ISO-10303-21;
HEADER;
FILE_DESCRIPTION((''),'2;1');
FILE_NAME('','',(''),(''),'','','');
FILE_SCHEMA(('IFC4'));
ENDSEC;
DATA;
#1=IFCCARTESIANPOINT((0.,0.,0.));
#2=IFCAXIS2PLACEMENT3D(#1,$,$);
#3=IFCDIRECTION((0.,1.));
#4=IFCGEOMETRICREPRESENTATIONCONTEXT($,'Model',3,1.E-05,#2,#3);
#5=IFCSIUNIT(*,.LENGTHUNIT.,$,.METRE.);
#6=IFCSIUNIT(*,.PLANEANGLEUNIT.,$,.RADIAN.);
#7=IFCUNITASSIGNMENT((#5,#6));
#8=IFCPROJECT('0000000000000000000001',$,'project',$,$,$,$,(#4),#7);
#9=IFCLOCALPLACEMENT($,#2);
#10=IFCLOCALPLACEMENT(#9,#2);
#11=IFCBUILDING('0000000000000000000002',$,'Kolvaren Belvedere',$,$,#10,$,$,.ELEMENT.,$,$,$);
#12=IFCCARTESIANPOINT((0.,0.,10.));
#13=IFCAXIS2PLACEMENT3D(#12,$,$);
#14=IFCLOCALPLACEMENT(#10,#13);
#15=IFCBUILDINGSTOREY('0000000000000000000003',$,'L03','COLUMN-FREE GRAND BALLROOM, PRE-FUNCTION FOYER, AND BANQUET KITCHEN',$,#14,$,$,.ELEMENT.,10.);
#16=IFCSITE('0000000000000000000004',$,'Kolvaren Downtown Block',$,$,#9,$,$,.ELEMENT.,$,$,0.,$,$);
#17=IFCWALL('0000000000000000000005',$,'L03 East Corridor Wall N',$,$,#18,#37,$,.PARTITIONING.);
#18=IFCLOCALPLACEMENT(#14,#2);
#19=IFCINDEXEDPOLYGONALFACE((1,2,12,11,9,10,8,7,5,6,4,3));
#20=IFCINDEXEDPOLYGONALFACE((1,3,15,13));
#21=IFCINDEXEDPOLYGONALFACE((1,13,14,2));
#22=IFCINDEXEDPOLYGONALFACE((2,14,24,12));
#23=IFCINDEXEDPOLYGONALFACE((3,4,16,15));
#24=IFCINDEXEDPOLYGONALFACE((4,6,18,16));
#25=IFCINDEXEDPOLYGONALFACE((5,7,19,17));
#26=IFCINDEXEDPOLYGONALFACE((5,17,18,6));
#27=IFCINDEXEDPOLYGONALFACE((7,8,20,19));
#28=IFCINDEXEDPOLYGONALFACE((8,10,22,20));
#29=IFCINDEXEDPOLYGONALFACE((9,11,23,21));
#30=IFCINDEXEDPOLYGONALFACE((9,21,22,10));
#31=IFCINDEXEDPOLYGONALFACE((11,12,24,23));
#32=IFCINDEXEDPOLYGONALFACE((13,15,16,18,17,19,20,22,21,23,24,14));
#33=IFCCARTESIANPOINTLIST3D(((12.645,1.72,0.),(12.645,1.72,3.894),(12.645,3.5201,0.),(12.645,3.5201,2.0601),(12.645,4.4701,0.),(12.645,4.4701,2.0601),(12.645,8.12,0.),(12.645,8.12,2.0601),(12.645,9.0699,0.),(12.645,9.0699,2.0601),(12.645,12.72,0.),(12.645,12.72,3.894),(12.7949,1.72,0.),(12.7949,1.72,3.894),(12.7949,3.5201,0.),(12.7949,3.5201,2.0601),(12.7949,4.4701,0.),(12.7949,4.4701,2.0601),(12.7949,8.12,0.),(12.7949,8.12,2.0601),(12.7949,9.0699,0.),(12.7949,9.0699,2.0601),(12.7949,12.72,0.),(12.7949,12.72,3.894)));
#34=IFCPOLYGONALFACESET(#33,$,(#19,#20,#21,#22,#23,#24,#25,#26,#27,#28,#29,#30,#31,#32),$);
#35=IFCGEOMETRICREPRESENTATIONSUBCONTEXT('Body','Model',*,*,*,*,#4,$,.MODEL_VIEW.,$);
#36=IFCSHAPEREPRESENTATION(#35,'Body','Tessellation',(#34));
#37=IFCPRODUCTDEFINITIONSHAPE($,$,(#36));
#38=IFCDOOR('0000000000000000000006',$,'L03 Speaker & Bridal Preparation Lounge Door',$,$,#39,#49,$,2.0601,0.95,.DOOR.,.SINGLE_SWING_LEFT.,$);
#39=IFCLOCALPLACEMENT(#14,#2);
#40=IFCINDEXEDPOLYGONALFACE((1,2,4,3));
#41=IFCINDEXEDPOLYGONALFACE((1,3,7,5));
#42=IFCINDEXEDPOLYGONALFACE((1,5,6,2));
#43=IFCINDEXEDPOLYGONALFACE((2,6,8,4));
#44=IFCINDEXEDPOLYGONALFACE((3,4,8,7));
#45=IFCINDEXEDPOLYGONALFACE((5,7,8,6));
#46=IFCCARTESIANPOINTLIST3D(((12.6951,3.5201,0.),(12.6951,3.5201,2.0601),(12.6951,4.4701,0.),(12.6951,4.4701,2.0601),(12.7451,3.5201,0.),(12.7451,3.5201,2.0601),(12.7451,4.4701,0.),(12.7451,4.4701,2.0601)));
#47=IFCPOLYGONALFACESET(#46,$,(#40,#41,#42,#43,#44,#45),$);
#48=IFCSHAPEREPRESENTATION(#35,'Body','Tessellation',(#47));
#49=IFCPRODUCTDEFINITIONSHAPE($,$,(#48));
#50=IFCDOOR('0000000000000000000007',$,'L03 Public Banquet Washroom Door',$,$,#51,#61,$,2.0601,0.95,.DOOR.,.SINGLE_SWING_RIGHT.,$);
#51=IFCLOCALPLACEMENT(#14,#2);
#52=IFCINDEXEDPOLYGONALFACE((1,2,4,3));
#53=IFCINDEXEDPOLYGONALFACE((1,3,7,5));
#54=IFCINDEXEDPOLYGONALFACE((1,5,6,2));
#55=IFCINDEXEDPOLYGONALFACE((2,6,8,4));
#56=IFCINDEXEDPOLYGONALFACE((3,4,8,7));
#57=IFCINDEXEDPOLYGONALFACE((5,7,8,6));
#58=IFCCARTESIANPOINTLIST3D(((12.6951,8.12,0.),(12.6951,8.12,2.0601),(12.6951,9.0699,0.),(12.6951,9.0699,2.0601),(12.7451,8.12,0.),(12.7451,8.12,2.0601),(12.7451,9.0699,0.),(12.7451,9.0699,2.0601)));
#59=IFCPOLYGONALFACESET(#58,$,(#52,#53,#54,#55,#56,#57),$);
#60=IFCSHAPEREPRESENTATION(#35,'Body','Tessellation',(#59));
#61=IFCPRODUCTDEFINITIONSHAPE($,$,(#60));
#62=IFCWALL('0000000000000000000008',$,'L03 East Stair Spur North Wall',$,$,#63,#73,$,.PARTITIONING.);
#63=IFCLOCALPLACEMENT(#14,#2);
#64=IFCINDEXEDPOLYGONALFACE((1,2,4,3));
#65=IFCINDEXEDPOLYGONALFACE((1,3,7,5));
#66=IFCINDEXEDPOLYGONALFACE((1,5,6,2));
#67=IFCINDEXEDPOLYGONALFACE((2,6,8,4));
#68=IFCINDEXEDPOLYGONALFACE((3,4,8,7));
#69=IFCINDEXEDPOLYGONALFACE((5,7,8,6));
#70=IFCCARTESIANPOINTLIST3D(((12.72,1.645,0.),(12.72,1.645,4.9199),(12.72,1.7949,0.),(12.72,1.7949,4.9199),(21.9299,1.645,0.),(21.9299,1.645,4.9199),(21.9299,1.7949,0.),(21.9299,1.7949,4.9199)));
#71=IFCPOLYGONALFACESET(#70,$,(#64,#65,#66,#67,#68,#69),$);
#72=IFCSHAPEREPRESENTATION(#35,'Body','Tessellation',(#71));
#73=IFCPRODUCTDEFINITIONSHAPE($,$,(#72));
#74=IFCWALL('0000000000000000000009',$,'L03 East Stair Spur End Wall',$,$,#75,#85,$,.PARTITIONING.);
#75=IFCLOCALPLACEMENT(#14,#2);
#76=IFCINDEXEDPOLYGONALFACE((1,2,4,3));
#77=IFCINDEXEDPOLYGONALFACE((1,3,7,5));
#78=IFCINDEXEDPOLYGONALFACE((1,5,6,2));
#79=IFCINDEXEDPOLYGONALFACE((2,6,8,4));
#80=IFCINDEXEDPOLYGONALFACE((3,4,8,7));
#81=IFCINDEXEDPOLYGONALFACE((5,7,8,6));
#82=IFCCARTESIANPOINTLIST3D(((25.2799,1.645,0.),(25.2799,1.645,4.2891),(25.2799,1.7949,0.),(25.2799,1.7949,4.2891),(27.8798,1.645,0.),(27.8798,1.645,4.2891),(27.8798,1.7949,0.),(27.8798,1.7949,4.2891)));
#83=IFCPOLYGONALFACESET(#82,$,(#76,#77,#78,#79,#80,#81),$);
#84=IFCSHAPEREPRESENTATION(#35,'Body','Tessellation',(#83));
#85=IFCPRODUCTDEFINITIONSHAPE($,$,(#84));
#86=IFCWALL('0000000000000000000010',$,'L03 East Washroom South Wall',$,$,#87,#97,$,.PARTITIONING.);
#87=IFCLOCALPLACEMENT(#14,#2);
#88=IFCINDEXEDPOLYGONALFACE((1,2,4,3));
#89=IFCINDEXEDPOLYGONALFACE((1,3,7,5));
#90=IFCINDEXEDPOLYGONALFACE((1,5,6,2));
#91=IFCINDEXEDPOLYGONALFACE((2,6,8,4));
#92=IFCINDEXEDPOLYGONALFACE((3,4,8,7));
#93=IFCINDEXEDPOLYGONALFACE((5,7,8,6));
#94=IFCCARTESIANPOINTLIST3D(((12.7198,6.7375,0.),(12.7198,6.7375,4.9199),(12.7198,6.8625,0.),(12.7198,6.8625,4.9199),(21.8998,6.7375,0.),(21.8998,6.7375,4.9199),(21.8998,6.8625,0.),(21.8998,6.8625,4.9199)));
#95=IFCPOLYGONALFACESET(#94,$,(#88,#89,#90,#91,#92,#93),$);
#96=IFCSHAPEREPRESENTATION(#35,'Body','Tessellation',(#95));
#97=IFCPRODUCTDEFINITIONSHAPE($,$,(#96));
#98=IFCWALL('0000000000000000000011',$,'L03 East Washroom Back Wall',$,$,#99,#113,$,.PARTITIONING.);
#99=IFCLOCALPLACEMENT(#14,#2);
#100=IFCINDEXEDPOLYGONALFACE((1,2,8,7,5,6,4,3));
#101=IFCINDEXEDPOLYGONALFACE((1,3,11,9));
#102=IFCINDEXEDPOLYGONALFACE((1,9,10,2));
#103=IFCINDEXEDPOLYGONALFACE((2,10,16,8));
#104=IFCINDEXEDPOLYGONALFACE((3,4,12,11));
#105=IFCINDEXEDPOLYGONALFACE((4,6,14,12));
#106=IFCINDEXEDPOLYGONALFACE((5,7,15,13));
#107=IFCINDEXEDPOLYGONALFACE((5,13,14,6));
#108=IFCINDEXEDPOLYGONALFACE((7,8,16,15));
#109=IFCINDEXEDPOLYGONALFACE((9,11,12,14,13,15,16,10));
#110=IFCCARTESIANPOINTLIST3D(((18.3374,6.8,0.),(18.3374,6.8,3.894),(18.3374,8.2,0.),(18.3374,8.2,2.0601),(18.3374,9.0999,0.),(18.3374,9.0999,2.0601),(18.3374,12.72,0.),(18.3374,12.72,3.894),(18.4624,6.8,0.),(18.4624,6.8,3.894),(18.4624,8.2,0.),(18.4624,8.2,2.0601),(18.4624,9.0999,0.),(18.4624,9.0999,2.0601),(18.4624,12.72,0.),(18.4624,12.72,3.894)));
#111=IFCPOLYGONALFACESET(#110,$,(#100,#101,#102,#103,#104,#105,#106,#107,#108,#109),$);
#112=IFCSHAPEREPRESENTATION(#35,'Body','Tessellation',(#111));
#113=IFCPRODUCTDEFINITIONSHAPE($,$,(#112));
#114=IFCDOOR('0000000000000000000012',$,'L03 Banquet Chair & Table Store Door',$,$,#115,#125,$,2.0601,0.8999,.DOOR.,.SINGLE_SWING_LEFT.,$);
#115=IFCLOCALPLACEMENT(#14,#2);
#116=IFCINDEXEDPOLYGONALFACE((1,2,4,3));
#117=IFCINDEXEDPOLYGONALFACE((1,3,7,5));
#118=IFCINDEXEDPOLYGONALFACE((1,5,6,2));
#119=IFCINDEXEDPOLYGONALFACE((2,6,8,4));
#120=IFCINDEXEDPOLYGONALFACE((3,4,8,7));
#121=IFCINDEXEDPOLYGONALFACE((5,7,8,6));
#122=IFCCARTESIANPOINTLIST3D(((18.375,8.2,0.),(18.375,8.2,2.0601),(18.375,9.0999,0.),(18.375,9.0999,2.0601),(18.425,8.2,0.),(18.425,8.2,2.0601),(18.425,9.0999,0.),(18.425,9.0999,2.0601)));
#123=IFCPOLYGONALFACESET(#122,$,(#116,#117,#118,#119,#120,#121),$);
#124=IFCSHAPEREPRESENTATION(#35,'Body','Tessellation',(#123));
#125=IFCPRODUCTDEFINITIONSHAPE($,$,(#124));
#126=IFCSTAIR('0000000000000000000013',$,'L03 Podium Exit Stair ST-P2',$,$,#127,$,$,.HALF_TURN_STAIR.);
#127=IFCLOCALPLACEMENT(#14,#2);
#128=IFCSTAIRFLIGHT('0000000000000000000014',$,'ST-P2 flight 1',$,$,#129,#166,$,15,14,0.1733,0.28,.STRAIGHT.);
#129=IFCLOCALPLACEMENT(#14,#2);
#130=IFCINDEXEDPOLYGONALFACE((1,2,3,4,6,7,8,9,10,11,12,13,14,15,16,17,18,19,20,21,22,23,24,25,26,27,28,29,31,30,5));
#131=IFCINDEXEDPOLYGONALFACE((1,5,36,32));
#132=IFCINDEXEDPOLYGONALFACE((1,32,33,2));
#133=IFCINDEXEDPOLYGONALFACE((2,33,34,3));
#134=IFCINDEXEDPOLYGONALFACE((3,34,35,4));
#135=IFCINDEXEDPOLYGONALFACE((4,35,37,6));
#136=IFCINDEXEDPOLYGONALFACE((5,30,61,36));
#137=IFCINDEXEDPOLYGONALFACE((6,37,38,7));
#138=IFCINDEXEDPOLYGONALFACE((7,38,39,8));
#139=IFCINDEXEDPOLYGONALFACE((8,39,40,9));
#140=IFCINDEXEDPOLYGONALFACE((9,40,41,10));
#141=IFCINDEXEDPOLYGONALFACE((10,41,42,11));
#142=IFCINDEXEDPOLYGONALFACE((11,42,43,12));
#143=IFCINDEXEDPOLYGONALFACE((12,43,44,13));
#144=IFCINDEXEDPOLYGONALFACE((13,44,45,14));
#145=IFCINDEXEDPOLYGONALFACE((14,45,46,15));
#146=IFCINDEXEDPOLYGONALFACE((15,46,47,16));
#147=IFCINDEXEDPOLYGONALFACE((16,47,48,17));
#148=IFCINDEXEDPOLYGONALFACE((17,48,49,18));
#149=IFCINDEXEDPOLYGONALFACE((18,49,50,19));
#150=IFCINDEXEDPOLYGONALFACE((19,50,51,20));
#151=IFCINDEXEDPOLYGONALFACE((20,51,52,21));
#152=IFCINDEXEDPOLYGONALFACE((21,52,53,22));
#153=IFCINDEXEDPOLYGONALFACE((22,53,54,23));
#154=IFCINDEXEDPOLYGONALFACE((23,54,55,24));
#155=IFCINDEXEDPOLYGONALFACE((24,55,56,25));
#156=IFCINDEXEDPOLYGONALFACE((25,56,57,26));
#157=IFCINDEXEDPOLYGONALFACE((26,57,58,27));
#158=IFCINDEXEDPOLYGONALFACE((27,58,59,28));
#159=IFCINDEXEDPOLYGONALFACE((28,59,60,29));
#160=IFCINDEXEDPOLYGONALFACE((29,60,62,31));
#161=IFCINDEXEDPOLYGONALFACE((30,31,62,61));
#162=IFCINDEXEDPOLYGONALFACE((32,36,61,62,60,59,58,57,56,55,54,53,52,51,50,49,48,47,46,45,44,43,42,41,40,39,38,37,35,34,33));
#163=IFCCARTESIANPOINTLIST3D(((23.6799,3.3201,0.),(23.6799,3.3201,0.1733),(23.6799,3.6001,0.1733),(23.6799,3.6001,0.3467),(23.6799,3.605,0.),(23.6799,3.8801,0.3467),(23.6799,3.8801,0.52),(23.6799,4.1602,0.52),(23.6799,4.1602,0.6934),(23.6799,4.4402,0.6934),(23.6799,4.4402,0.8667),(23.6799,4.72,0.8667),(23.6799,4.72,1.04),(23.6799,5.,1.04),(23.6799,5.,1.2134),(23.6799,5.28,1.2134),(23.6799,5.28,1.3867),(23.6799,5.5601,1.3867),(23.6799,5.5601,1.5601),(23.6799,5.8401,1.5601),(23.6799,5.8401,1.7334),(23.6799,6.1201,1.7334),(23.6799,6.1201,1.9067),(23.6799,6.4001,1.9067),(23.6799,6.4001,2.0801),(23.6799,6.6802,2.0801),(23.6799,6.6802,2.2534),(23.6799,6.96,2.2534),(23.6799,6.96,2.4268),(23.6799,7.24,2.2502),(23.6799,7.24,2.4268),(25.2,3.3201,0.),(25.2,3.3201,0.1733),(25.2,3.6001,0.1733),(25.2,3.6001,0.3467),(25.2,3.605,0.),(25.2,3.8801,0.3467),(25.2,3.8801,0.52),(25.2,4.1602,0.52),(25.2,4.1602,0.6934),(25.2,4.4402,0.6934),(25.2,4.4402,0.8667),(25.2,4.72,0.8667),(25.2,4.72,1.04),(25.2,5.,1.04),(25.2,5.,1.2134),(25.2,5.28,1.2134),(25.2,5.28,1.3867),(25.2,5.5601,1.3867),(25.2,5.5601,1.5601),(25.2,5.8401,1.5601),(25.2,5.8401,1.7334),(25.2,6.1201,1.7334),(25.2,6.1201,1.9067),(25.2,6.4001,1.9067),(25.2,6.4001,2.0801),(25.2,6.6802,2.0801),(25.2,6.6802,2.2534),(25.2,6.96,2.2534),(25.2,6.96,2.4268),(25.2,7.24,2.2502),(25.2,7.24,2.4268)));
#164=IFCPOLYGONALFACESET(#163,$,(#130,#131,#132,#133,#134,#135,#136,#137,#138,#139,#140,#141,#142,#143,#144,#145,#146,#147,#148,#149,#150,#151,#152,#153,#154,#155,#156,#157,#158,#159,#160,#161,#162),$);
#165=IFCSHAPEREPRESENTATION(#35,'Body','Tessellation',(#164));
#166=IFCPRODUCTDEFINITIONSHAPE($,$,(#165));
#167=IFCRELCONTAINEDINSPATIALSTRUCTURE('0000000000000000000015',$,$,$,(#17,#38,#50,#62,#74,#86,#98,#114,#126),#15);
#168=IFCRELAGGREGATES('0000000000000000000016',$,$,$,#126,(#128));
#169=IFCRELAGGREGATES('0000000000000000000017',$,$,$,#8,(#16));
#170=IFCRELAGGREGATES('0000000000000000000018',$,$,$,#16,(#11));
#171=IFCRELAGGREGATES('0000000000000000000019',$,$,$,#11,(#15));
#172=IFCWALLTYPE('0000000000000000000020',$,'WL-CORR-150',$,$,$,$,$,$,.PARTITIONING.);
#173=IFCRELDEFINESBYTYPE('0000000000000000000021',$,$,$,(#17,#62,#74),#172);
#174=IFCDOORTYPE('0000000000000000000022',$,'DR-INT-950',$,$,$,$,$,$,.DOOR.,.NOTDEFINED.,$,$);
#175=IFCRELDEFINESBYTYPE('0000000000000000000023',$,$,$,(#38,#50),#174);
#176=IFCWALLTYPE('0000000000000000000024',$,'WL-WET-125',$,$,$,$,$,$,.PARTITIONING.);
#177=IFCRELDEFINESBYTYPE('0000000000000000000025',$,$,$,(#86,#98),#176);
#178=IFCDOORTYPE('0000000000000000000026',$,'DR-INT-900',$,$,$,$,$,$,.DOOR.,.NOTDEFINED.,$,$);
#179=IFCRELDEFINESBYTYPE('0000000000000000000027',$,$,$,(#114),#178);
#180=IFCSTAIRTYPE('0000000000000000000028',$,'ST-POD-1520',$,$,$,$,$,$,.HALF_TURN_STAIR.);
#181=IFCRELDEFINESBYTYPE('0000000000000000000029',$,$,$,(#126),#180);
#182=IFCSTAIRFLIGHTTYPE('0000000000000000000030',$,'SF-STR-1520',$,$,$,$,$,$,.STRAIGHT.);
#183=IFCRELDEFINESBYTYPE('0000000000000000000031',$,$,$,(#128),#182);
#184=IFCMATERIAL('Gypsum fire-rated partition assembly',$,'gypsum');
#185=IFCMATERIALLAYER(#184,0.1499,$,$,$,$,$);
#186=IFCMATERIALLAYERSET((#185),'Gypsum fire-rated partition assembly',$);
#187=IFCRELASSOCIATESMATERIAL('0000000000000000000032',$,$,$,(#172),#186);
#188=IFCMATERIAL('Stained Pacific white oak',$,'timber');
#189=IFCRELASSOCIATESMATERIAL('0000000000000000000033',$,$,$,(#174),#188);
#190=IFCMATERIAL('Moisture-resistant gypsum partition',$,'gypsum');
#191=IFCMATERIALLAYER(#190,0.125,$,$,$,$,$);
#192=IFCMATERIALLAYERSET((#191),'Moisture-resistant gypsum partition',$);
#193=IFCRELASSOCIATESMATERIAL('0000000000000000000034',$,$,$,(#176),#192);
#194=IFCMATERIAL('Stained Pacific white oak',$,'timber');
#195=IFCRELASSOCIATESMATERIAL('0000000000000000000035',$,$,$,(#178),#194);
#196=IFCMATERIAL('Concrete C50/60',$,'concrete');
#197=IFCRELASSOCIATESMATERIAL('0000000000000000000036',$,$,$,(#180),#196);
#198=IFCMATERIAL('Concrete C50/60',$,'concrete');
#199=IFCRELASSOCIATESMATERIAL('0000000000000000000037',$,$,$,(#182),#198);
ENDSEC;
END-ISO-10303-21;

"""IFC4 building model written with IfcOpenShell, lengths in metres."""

from ifc_helpers import new_model, si_unit, direction, frame, frame_2d, origin, place, context, subcontext, project, spatial, polyline, rectangle, outline, extrude, material, layer, layer_set, type_object, element, fill, aggregate, save


model = new_model("IFC4")

# Units and contexts
model_context = context("Model", 3, precision=1e-05, world=origin(), true_north=direction((0.0, 1.0)))
body_context = subcontext(model_context, "Body", "Model", "MODEL_VIEW")
ifc_project = project(units=[si_unit("LENGTHUNIT", "METRE"), si_unit("PLANEANGLEUNIT", "RADIAN")], contexts=[model_context])

# Site, building, storey
site_placement = place(None, origin())
site = spatial("IfcSite", under=ifc_project, at=site_placement, Name="Kolvaren Downtown Block", CompositionType="ELEMENT", RefElevation=0.0)
building_placement = place(site_placement, origin())
building = spatial("IfcBuilding", under=site, at=building_placement, Name="Kolvaren Belvedere", CompositionType="ELEMENT")
storey_placement = place(building_placement, frame((0.0, 0.0, 10.0)))
storey = spatial("IfcBuildingStorey", under=building, at=storey_placement, Name="L03", Description="COLUMN-FREE GRAND BALLROOM, PRE-FUNCTION FOYER, AND BANQUET KITCHEN", CompositionType="ELEMENT", Elevation=10.0)

# Wall, openings, doors
ifc_material_1 = material(Name="Gypsum fire-rated partition assembly", Category="gypsum")
ifc_layer_1 = layer(ifc_material_1, 0.1499)
ifc_layer_set_1 = layer_set([ifc_layer_1], Name="Gypsum fire-rated partition assembly")
wall_type_1 = type_object("IfcWallType", Name="WL-CORR-150", PredefinedType="PARTITIONING", material=ifc_layer_set_1)
wall_1_placement = place(storey_placement, frame((12.72, 1.72, 0.0), z_axis=(0.0, 0.0, 1.0), x_axis=(0.0, 1.0, 0.0)))
wall_1 = element("IfcWall", 1, at=wall_1_placement, inside=storey, type_object=wall_type_1, Name="L03 East Corridor Wall N", PredefinedType="PARTITIONING", context=body_context, shape_type="SweptSolid", body=[
    extrude(rectangle(XDim=11.0, YDim=0.1499, at=frame_2d((5.5, 0.0))), origin(), (0.0, 0.0, 1.0), 3.894),
])
opening_1_placement = place(wall_1_placement, frame((1.8, 0.0, 0.0)))
opening_1 = element("IfcOpeningElement", 2, at=opening_1_placement, cuts=wall_1, PredefinedType="OPENING", context=body_context, shape_type="SweptSolid", body=[
    extrude(rectangle(XDim=0.95, YDim=2.0601, at=frame_2d((0.4751, 1.03))), frame((0.0, 0.085, 0.0), z_axis=(0.0, -1.0, 0.0), x_axis=(1.0, 0.0, 0.0)), (0.0, 0.0, 1.0), 0.1699),
])
opening_2_placement = place(wall_1_placement, frame((6.3999, 0.0, 0.0)))
opening_2 = element("IfcOpeningElement", 3, at=opening_2_placement, cuts=wall_1, PredefinedType="OPENING", context=body_context, shape_type="SweptSolid", body=[
    extrude(rectangle(XDim=0.95, YDim=2.0601, at=frame_2d((0.4751, 1.03))), frame((0.0, 0.085, 0.0), z_axis=(0.0, -1.0, 0.0), x_axis=(1.0, 0.0, 0.0)), (0.0, 0.0, 1.0), 0.1699),
])
ifc_material_2 = material(Name="Stained Pacific white oak", Category="timber")
door_type_1 = type_object("IfcDoorType", Name="DR-INT-950", OperationType="NOTDEFINED", PredefinedType="DOOR", material=ifc_material_2)
door_1_placement = place(opening_1_placement, origin())
door_1 = element("IfcDoor", 4, at=door_1_placement, inside=storey, type_object=door_type_1, Name="L03 Speaker & Bridal Preparation Lounge Door", OperationType="SINGLE_SWING_LEFT", OverallHeight=2.0601, OverallWidth=0.95, PredefinedType="DOOR", context=body_context, shape_type="SweptSolid", body=[
    extrude(rectangle(XDim=0.95, YDim=2.0601, at=frame_2d((0.4751, 1.03))), frame((0.0, 0.0249, 0.0), z_axis=(0.0, -1.0, 0.0), x_axis=(1.0, 0.0, 0.0)), (0.0, 0.0, 1.0), 0.05),
])
fill(opening_1, door_1)
door_2_placement = place(opening_2_placement, origin())
door_2 = element("IfcDoor", 5, at=door_2_placement, inside=storey, type_object=door_type_1, Name="L03 Public Banquet Washroom Door", OperationType="SINGLE_SWING_RIGHT", OverallHeight=2.0601, OverallWidth=0.95, PredefinedType="DOOR", context=body_context, shape_type="SweptSolid", body=[
    extrude(rectangle(XDim=0.95, YDim=2.0601, at=frame_2d((0.4751, 1.03))), frame((0.0, 0.0249, 0.0), z_axis=(0.0, -1.0, 0.0), x_axis=(1.0, 0.0, 0.0)), (0.0, 0.0, 1.0), 0.05),
])
fill(opening_2, door_2)

# Walls
wall_2_placement = place(storey_placement, frame((12.72, 1.72, 0.0), z_axis=(0.0, 0.0, 1.0), x_axis=(1.0, 0.0, 0.0)))
element("IfcWall", 6, at=wall_2_placement, inside=storey, type_object=wall_type_1, Name="L03 East Stair Spur North Wall", PredefinedType="PARTITIONING", context=body_context, shape_type="SweptSolid", body=[
    extrude(rectangle(XDim=9.21, YDim=0.1499, at=frame_2d((4.605, 0.0))), origin(), (0.0, 0.0, 1.0), 4.9199),
])
wall_3_placement = place(storey_placement, frame((25.28, 1.72, 0.0), z_axis=(0.0, 0.0, 1.0), x_axis=(1.0, 0.0, 0.0)))
element("IfcWall", 7, at=wall_3_placement, inside=storey, type_object=wall_type_1, Name="L03 East Stair Spur End Wall", PredefinedType="PARTITIONING", context=body_context, shape_type="SweptSolid", body=[
    extrude(rectangle(XDim=2.5999, YDim=0.1499, at=frame_2d((1.2998, 0.0))), origin(), (0.0, 0.0, 1.0), 4.2891),
])
ifc_material_3 = material(Name="Moisture-resistant gypsum partition", Category="gypsum")
ifc_layer_2 = layer(ifc_material_3, 0.125)
ifc_layer_set_2 = layer_set([ifc_layer_2], Name="Moisture-resistant gypsum partition")
wall_type_2 = type_object("IfcWallType", Name="WL-WET-125", PredefinedType="PARTITIONING", material=ifc_layer_set_2)
wall_4_placement = place(storey_placement, frame((12.72, 6.8, 0.0), z_axis=(0.0, 0.0, 1.0), x_axis=(1.0, 0.0, 0.0)))
element("IfcWall", 8, at=wall_4_placement, inside=storey, type_object=wall_type_2, Name="L03 East Washroom South Wall", PredefinedType="PARTITIONING", context=body_context, shape_type="SweptSolid", body=[
    extrude(rectangle(XDim=9.1799, YDim=0.125, at=frame_2d((4.5898, 0.0))), origin(), (0.0, 0.0, 1.0), 4.9199),
])

# Wall, opening, door
wall_5_placement = place(storey_placement, frame((18.3999, 6.8, 0.0), z_axis=(0.0, 0.0, 1.0), x_axis=(0.0, 1.0, 0.0)))
wall_5 = element("IfcWall", 9, at=wall_5_placement, inside=storey, type_object=wall_type_2, Name="L03 East Washroom Back Wall", PredefinedType="PARTITIONING", context=body_context, shape_type="SweptSolid", body=[
    extrude(rectangle(XDim=5.9199, YDim=0.125, at=frame_2d((2.96, 0.0))), origin(), (0.0, 0.0, 1.0), 3.894),
])
opening_3_placement = place(wall_5_placement, frame((1.3999, 0.0, 0.0)))
opening_3 = element("IfcOpeningElement", 10, at=opening_3_placement, cuts=wall_5, PredefinedType="OPENING", context=body_context, shape_type="SweptSolid", body=[
    extrude(rectangle(XDim=0.8999, YDim=2.0601, at=frame_2d((0.45, 1.03))), frame((0.0, 0.0725, 0.0), z_axis=(0.0, -1.0, 0.0), x_axis=(1.0, 0.0, 0.0)), (0.0, 0.0, 1.0), 0.145),
])
ifc_material_4 = material(Name="Stained Pacific white oak", Category="timber")
door_type_2 = type_object("IfcDoorType", Name="DR-INT-900", OperationType="NOTDEFINED", PredefinedType="DOOR", material=ifc_material_4)
door_3_placement = place(opening_3_placement, origin())
door_3 = element("IfcDoor", 11, at=door_3_placement, inside=storey, type_object=door_type_2, Name="L03 Banquet Chair & Table Store Door", OperationType="SINGLE_SWING_LEFT", OverallHeight=2.0601, OverallWidth=0.8999, PredefinedType="DOOR", context=body_context, shape_type="SweptSolid", body=[
    extrude(rectangle(XDim=0.8999, YDim=2.0601, at=frame_2d((0.45, 1.03))), frame((0.0, 0.0249, 0.0), z_axis=(0.0, -1.0, 0.0), x_axis=(1.0, 0.0, 0.0)), (0.0, 0.0, 1.0), 0.05),
])
fill(opening_3, door_3)

# Stair, stair flight
ifc_material_5 = material(Name="Concrete C50/60", Category="concrete")
stair_type = type_object("IfcStairType", Name="ST-POD-1520", PredefinedType="HALF_TURN_STAIR", material=ifc_material_5)
stair_placement = place(storey_placement, origin())
stair = element("IfcStair", 12, at=stair_placement, inside=storey, type_object=stair_type, Name="L03 Podium Exit Stair ST-P2", PredefinedType="HALF_TURN_STAIR")
ifc_material_6 = material(Name="Concrete C50/60", Category="concrete")
stair_flight_type = type_object("IfcStairFlightType", Name="SF-STR-1520", PredefinedType="STRAIGHT", material=ifc_material_6)
stair_flight_placement = place(storey_placement, frame((24.4399, 3.3201, 0.0), z_axis=(0.0, 0.0, 1.0), x_axis=(0.0, 1.0, 0.0)))
stair_flight = element("IfcStairFlight", 13, at=stair_flight_placement, type_object=stair_flight_type, Name="ST-P2 flight 1", NumberOfRisers=15, NumberOfTreads=14, PredefinedType="STRAIGHT", RiserHeight=0.1733, TreadLength=0.28, context=body_context, shape_type="SweptSolid", body=[
    extrude(outline(polyline([(0.0, 0.0), (0.0, 0.1733), (0.28, 0.1733), (0.28, 0.3467), (0.5601, 0.3467), (0.5601, 0.52), (0.8401, 0.52), (0.8401, 0.6934), (1.1201, 0.6934), (1.1201, 0.8667), (1.3999, 0.8667), (1.3999, 1.04), (1.6799, 1.04), (1.6799, 1.2134), (1.96, 1.2134), (1.96, 1.3867), (2.24, 1.3867), (2.24, 1.5601), (2.52, 1.5601), (2.52, 1.7334), (2.8, 1.7334), (2.8, 1.9067), (3.0801, 1.9067), (3.0801, 2.0801), (3.3601, 2.0801), (3.3601, 2.2534), (3.6399, 2.2534), (3.6399, 2.4268), (3.9199, 2.4268), (3.9199, 2.6001), (3.9199, 2.2502), (0.2849, 0.0), (0.0, 0.0)])), frame((0.0, 0.76, 0.0), z_axis=(0.0, -1.0, 0.0), x_axis=(1.0, 0.0, 0.0)), (0.0, 0.0, 1.0), 1.52),
])
aggregate(stair, [stair_flight])

save(model, "model.ifc")
